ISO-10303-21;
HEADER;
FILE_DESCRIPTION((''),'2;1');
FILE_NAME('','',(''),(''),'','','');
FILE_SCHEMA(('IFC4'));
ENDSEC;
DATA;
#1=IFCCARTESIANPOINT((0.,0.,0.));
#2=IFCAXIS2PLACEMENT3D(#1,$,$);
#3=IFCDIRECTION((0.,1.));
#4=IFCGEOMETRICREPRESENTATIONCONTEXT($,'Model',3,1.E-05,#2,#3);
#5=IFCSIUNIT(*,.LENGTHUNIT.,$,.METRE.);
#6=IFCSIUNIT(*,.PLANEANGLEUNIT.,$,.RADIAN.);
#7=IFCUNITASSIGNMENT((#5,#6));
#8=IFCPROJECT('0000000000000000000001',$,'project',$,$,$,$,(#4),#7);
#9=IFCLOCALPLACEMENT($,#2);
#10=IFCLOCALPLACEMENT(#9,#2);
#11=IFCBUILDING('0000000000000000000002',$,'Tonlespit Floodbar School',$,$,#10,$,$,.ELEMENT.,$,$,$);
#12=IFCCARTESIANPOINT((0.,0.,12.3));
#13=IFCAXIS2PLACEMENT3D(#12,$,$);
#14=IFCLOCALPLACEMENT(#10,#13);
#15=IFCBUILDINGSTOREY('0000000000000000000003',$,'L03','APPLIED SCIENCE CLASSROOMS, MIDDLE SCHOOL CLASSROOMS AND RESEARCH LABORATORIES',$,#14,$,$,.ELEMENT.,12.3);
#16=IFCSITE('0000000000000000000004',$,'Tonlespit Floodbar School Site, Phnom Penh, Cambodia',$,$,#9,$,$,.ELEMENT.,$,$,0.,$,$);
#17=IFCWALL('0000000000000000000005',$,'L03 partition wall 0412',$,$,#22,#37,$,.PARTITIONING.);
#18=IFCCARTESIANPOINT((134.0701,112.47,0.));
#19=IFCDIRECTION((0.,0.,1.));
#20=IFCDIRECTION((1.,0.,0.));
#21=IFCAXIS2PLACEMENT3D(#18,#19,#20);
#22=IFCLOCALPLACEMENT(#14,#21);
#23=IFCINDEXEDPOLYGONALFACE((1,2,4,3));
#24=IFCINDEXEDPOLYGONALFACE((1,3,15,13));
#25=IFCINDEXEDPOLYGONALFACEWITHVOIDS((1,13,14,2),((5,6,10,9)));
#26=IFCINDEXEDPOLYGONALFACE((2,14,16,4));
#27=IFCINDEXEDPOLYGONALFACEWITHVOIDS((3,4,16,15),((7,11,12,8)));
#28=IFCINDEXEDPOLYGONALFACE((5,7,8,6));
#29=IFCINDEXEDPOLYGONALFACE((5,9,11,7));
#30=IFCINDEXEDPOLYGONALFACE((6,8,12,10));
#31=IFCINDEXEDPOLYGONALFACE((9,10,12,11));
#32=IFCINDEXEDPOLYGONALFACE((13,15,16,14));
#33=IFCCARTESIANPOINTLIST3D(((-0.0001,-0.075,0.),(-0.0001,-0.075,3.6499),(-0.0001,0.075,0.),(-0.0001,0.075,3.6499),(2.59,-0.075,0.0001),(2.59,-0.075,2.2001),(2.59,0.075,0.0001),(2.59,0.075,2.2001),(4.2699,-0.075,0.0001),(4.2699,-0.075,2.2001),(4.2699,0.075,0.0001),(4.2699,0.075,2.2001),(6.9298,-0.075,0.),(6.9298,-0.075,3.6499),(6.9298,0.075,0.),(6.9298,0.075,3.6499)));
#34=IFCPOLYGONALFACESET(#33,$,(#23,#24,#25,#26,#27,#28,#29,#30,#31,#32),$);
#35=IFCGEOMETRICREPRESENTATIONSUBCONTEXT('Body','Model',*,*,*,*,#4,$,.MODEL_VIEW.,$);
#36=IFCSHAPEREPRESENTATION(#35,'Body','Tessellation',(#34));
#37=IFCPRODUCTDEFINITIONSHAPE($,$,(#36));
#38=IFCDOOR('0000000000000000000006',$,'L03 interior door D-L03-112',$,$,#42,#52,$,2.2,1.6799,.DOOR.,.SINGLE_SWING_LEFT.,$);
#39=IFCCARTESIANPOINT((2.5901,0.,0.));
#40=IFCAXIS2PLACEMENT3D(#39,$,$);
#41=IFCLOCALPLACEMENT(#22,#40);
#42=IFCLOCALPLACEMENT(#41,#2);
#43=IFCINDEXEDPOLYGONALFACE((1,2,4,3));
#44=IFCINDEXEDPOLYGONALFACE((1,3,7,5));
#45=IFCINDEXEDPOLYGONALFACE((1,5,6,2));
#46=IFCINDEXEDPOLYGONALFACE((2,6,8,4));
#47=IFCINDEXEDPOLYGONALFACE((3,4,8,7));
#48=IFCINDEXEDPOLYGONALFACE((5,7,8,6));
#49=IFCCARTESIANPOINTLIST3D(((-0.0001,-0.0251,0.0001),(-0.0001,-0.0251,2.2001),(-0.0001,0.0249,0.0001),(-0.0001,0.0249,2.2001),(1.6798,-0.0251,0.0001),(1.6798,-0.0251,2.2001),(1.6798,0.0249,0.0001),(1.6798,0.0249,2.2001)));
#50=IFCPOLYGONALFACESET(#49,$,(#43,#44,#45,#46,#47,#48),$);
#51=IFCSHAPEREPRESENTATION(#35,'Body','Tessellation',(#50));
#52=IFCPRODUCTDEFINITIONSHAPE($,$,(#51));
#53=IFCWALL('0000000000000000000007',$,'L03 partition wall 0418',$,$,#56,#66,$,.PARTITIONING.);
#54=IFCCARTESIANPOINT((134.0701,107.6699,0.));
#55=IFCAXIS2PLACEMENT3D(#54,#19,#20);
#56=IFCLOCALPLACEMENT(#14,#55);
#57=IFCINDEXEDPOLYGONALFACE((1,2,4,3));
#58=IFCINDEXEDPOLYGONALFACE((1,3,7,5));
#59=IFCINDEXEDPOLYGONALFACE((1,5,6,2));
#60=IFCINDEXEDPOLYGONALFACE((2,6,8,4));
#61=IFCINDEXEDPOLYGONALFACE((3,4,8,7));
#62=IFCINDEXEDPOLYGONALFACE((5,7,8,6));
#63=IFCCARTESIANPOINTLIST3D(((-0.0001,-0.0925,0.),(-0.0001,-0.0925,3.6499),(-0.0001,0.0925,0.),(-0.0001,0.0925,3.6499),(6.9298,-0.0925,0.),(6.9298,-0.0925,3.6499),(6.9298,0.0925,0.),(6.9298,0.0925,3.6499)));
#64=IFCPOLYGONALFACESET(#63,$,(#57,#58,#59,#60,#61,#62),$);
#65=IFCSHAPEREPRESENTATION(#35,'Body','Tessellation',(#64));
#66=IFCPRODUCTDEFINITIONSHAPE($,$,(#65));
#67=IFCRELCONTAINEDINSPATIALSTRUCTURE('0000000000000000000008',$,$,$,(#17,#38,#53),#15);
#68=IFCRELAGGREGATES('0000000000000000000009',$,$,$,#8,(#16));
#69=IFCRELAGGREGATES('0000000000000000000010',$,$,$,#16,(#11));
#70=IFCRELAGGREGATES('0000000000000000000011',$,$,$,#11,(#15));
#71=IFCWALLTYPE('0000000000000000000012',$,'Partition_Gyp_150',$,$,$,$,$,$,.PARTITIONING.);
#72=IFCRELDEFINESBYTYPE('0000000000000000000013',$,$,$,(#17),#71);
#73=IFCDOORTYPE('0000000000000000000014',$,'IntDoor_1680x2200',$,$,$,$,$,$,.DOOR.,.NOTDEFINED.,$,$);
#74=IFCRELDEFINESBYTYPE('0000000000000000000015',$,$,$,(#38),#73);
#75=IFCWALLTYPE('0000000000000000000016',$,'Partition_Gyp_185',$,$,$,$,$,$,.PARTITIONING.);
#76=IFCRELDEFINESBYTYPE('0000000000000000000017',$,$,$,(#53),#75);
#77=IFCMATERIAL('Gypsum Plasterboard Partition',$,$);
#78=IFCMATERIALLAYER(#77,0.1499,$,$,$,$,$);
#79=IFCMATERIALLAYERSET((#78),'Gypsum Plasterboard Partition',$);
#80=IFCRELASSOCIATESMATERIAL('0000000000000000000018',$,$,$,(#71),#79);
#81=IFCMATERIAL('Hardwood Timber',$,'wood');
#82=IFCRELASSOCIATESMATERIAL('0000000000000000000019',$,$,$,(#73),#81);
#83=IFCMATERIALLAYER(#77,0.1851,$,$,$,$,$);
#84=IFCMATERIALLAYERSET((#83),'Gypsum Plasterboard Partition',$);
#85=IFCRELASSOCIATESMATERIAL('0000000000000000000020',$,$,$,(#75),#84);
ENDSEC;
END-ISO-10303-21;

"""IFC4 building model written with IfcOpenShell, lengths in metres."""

from ifc_helpers import new_model, si_unit, direction, frame, frame_2d, origin, place, context, subcontext, project, spatial, rectangle, extrude, material, layer, layer_set, type_object, element, fill, save


model = new_model("IFC4")

# Units and contexts
model_context = context("Model", 3, precision=1e-05, world=origin(), true_north=direction((0.0, 1.0)))
body_context = subcontext(model_context, "Body", "Model", "MODEL_VIEW")
ifc_project = project(units=[si_unit("LENGTHUNIT", "METRE"), si_unit("PLANEANGLEUNIT", "RADIAN")], contexts=[model_context])

# Site, building, storey
site_placement = place(None, origin())
site = spatial("IfcSite", under=ifc_project, at=site_placement, Name="Tonlespit Floodbar School Site, Phnom Penh, Cambodia", CompositionType="ELEMENT", RefElevation=0.0)
building_placement = place(site_placement, origin())
building = spatial("IfcBuilding", under=site, at=building_placement, Name="Tonlespit Floodbar School", CompositionType="ELEMENT")
storey_placement = place(building_placement, frame((0.0, 0.0, 12.3)))
storey = spatial("IfcBuildingStorey", under=building, at=storey_placement, Name="L03", Description="APPLIED SCIENCE CLASSROOMS, MIDDLE SCHOOL CLASSROOMS AND RESEARCH LABORATORIES", CompositionType="ELEMENT", Elevation=12.3)

# Shared definitions
ifc_material_1 = material(Name="Gypsum Plasterboard Partition")

# Wall, opening, door
ifc_layer_1 = layer(ifc_material_1, 0.1499)
ifc_layer_set_1 = layer_set([ifc_layer_1], Name="Gypsum Plasterboard Partition")
wall_type_1 = type_object("IfcWallType", Name="Partition_Gyp_150", PredefinedType="PARTITIONING", material=ifc_layer_set_1)
wall_1_placement = place(storey_placement, frame((134.0701, 112.47, 0.0), z_axis=(0.0, 0.0, 1.0), x_axis=(1.0, 0.0, 0.0)))
wall_1 = element("IfcWall", 1, at=wall_1_placement, inside=storey, type_object=wall_type_1, Name="L03 partition wall 0412", PredefinedType="PARTITIONING", context=body_context, shape_type="SweptSolid", body=[
    extrude(rectangle(XDim=6.9299, YDim=0.1499, at=frame_2d((3.4648, 0.0))), origin(), (0.0, 0.0, 1.0), 3.6499),
])
opening_1_placement = place(wall_1_placement, frame((2.5901, 0.0, 0.0)))
opening_1 = element("IfcOpeningElement", 2, at=opening_1_placement, cuts=wall_1, PredefinedType="OPENING", context=body_context, shape_type="SweptSolid", body=[
    extrude(rectangle(XDim=1.6799, YDim=2.2, at=frame_2d((0.8398, 1.1001))), frame((0.0, 0.085, 0.0), z_axis=(0.0, -1.0, 0.0), x_axis=(1.0, 0.0, 0.0)), (0.0, 0.0, 1.0), 0.1699),
])
ifc_material_2 = material(Name="Hardwood Timber", Category="wood")
door_type_1 = type_object("IfcDoorType", Name="IntDoor_1680x2200", OperationType="NOTDEFINED", PredefinedType="DOOR", material=ifc_material_2)
door_1_placement = place(opening_1_placement, origin())
door_1 = element("IfcDoor", 3, at=door_1_placement, inside=storey, type_object=door_type_1, Name="L03 interior door D-L03-112", OperationType="SINGLE_SWING_LEFT", OverallHeight=2.2, OverallWidth=1.6799, PredefinedType="DOOR", context=body_context, shape_type="SweptSolid", body=[
    extrude(rectangle(XDim=1.6799, YDim=2.2, at=frame_2d((0.8398, 1.1001))), frame((0.0, 0.0249, 0.0), z_axis=(0.0, -1.0, 0.0), x_axis=(1.0, 0.0, 0.0)), (0.0, 0.0, 1.0), 0.05),
])
fill(opening_1, door_1)

# Wall
ifc_layer_2 = layer(ifc_material_1, 0.1851)
ifc_layer_set_2 = layer_set([ifc_layer_2], Name="Gypsum Plasterboard Partition")
wall_type_2 = type_object("IfcWallType", Name="Partition_Gyp_185", PredefinedType="PARTITIONING", material=ifc_layer_set_2)
wall_2_placement = place(storey_placement, frame((134.0701, 107.6699, 0.0), z_axis=(0.0, 0.0, 1.0), x_axis=(1.0, 0.0, 0.0)))
element("IfcWall", 4, at=wall_2_placement, inside=storey, type_object=wall_type_2, Name="L03 partition wall 0418", PredefinedType="PARTITIONING", context=body_context, shape_type="SweptSolid", body=[
    extrude(rectangle(XDim=6.9299, YDim=0.1851, at=frame_2d((3.4648, 0.0))), origin(), (0.0, 0.0, 1.0), 3.6499),
])

save(model, "model.ifc")
